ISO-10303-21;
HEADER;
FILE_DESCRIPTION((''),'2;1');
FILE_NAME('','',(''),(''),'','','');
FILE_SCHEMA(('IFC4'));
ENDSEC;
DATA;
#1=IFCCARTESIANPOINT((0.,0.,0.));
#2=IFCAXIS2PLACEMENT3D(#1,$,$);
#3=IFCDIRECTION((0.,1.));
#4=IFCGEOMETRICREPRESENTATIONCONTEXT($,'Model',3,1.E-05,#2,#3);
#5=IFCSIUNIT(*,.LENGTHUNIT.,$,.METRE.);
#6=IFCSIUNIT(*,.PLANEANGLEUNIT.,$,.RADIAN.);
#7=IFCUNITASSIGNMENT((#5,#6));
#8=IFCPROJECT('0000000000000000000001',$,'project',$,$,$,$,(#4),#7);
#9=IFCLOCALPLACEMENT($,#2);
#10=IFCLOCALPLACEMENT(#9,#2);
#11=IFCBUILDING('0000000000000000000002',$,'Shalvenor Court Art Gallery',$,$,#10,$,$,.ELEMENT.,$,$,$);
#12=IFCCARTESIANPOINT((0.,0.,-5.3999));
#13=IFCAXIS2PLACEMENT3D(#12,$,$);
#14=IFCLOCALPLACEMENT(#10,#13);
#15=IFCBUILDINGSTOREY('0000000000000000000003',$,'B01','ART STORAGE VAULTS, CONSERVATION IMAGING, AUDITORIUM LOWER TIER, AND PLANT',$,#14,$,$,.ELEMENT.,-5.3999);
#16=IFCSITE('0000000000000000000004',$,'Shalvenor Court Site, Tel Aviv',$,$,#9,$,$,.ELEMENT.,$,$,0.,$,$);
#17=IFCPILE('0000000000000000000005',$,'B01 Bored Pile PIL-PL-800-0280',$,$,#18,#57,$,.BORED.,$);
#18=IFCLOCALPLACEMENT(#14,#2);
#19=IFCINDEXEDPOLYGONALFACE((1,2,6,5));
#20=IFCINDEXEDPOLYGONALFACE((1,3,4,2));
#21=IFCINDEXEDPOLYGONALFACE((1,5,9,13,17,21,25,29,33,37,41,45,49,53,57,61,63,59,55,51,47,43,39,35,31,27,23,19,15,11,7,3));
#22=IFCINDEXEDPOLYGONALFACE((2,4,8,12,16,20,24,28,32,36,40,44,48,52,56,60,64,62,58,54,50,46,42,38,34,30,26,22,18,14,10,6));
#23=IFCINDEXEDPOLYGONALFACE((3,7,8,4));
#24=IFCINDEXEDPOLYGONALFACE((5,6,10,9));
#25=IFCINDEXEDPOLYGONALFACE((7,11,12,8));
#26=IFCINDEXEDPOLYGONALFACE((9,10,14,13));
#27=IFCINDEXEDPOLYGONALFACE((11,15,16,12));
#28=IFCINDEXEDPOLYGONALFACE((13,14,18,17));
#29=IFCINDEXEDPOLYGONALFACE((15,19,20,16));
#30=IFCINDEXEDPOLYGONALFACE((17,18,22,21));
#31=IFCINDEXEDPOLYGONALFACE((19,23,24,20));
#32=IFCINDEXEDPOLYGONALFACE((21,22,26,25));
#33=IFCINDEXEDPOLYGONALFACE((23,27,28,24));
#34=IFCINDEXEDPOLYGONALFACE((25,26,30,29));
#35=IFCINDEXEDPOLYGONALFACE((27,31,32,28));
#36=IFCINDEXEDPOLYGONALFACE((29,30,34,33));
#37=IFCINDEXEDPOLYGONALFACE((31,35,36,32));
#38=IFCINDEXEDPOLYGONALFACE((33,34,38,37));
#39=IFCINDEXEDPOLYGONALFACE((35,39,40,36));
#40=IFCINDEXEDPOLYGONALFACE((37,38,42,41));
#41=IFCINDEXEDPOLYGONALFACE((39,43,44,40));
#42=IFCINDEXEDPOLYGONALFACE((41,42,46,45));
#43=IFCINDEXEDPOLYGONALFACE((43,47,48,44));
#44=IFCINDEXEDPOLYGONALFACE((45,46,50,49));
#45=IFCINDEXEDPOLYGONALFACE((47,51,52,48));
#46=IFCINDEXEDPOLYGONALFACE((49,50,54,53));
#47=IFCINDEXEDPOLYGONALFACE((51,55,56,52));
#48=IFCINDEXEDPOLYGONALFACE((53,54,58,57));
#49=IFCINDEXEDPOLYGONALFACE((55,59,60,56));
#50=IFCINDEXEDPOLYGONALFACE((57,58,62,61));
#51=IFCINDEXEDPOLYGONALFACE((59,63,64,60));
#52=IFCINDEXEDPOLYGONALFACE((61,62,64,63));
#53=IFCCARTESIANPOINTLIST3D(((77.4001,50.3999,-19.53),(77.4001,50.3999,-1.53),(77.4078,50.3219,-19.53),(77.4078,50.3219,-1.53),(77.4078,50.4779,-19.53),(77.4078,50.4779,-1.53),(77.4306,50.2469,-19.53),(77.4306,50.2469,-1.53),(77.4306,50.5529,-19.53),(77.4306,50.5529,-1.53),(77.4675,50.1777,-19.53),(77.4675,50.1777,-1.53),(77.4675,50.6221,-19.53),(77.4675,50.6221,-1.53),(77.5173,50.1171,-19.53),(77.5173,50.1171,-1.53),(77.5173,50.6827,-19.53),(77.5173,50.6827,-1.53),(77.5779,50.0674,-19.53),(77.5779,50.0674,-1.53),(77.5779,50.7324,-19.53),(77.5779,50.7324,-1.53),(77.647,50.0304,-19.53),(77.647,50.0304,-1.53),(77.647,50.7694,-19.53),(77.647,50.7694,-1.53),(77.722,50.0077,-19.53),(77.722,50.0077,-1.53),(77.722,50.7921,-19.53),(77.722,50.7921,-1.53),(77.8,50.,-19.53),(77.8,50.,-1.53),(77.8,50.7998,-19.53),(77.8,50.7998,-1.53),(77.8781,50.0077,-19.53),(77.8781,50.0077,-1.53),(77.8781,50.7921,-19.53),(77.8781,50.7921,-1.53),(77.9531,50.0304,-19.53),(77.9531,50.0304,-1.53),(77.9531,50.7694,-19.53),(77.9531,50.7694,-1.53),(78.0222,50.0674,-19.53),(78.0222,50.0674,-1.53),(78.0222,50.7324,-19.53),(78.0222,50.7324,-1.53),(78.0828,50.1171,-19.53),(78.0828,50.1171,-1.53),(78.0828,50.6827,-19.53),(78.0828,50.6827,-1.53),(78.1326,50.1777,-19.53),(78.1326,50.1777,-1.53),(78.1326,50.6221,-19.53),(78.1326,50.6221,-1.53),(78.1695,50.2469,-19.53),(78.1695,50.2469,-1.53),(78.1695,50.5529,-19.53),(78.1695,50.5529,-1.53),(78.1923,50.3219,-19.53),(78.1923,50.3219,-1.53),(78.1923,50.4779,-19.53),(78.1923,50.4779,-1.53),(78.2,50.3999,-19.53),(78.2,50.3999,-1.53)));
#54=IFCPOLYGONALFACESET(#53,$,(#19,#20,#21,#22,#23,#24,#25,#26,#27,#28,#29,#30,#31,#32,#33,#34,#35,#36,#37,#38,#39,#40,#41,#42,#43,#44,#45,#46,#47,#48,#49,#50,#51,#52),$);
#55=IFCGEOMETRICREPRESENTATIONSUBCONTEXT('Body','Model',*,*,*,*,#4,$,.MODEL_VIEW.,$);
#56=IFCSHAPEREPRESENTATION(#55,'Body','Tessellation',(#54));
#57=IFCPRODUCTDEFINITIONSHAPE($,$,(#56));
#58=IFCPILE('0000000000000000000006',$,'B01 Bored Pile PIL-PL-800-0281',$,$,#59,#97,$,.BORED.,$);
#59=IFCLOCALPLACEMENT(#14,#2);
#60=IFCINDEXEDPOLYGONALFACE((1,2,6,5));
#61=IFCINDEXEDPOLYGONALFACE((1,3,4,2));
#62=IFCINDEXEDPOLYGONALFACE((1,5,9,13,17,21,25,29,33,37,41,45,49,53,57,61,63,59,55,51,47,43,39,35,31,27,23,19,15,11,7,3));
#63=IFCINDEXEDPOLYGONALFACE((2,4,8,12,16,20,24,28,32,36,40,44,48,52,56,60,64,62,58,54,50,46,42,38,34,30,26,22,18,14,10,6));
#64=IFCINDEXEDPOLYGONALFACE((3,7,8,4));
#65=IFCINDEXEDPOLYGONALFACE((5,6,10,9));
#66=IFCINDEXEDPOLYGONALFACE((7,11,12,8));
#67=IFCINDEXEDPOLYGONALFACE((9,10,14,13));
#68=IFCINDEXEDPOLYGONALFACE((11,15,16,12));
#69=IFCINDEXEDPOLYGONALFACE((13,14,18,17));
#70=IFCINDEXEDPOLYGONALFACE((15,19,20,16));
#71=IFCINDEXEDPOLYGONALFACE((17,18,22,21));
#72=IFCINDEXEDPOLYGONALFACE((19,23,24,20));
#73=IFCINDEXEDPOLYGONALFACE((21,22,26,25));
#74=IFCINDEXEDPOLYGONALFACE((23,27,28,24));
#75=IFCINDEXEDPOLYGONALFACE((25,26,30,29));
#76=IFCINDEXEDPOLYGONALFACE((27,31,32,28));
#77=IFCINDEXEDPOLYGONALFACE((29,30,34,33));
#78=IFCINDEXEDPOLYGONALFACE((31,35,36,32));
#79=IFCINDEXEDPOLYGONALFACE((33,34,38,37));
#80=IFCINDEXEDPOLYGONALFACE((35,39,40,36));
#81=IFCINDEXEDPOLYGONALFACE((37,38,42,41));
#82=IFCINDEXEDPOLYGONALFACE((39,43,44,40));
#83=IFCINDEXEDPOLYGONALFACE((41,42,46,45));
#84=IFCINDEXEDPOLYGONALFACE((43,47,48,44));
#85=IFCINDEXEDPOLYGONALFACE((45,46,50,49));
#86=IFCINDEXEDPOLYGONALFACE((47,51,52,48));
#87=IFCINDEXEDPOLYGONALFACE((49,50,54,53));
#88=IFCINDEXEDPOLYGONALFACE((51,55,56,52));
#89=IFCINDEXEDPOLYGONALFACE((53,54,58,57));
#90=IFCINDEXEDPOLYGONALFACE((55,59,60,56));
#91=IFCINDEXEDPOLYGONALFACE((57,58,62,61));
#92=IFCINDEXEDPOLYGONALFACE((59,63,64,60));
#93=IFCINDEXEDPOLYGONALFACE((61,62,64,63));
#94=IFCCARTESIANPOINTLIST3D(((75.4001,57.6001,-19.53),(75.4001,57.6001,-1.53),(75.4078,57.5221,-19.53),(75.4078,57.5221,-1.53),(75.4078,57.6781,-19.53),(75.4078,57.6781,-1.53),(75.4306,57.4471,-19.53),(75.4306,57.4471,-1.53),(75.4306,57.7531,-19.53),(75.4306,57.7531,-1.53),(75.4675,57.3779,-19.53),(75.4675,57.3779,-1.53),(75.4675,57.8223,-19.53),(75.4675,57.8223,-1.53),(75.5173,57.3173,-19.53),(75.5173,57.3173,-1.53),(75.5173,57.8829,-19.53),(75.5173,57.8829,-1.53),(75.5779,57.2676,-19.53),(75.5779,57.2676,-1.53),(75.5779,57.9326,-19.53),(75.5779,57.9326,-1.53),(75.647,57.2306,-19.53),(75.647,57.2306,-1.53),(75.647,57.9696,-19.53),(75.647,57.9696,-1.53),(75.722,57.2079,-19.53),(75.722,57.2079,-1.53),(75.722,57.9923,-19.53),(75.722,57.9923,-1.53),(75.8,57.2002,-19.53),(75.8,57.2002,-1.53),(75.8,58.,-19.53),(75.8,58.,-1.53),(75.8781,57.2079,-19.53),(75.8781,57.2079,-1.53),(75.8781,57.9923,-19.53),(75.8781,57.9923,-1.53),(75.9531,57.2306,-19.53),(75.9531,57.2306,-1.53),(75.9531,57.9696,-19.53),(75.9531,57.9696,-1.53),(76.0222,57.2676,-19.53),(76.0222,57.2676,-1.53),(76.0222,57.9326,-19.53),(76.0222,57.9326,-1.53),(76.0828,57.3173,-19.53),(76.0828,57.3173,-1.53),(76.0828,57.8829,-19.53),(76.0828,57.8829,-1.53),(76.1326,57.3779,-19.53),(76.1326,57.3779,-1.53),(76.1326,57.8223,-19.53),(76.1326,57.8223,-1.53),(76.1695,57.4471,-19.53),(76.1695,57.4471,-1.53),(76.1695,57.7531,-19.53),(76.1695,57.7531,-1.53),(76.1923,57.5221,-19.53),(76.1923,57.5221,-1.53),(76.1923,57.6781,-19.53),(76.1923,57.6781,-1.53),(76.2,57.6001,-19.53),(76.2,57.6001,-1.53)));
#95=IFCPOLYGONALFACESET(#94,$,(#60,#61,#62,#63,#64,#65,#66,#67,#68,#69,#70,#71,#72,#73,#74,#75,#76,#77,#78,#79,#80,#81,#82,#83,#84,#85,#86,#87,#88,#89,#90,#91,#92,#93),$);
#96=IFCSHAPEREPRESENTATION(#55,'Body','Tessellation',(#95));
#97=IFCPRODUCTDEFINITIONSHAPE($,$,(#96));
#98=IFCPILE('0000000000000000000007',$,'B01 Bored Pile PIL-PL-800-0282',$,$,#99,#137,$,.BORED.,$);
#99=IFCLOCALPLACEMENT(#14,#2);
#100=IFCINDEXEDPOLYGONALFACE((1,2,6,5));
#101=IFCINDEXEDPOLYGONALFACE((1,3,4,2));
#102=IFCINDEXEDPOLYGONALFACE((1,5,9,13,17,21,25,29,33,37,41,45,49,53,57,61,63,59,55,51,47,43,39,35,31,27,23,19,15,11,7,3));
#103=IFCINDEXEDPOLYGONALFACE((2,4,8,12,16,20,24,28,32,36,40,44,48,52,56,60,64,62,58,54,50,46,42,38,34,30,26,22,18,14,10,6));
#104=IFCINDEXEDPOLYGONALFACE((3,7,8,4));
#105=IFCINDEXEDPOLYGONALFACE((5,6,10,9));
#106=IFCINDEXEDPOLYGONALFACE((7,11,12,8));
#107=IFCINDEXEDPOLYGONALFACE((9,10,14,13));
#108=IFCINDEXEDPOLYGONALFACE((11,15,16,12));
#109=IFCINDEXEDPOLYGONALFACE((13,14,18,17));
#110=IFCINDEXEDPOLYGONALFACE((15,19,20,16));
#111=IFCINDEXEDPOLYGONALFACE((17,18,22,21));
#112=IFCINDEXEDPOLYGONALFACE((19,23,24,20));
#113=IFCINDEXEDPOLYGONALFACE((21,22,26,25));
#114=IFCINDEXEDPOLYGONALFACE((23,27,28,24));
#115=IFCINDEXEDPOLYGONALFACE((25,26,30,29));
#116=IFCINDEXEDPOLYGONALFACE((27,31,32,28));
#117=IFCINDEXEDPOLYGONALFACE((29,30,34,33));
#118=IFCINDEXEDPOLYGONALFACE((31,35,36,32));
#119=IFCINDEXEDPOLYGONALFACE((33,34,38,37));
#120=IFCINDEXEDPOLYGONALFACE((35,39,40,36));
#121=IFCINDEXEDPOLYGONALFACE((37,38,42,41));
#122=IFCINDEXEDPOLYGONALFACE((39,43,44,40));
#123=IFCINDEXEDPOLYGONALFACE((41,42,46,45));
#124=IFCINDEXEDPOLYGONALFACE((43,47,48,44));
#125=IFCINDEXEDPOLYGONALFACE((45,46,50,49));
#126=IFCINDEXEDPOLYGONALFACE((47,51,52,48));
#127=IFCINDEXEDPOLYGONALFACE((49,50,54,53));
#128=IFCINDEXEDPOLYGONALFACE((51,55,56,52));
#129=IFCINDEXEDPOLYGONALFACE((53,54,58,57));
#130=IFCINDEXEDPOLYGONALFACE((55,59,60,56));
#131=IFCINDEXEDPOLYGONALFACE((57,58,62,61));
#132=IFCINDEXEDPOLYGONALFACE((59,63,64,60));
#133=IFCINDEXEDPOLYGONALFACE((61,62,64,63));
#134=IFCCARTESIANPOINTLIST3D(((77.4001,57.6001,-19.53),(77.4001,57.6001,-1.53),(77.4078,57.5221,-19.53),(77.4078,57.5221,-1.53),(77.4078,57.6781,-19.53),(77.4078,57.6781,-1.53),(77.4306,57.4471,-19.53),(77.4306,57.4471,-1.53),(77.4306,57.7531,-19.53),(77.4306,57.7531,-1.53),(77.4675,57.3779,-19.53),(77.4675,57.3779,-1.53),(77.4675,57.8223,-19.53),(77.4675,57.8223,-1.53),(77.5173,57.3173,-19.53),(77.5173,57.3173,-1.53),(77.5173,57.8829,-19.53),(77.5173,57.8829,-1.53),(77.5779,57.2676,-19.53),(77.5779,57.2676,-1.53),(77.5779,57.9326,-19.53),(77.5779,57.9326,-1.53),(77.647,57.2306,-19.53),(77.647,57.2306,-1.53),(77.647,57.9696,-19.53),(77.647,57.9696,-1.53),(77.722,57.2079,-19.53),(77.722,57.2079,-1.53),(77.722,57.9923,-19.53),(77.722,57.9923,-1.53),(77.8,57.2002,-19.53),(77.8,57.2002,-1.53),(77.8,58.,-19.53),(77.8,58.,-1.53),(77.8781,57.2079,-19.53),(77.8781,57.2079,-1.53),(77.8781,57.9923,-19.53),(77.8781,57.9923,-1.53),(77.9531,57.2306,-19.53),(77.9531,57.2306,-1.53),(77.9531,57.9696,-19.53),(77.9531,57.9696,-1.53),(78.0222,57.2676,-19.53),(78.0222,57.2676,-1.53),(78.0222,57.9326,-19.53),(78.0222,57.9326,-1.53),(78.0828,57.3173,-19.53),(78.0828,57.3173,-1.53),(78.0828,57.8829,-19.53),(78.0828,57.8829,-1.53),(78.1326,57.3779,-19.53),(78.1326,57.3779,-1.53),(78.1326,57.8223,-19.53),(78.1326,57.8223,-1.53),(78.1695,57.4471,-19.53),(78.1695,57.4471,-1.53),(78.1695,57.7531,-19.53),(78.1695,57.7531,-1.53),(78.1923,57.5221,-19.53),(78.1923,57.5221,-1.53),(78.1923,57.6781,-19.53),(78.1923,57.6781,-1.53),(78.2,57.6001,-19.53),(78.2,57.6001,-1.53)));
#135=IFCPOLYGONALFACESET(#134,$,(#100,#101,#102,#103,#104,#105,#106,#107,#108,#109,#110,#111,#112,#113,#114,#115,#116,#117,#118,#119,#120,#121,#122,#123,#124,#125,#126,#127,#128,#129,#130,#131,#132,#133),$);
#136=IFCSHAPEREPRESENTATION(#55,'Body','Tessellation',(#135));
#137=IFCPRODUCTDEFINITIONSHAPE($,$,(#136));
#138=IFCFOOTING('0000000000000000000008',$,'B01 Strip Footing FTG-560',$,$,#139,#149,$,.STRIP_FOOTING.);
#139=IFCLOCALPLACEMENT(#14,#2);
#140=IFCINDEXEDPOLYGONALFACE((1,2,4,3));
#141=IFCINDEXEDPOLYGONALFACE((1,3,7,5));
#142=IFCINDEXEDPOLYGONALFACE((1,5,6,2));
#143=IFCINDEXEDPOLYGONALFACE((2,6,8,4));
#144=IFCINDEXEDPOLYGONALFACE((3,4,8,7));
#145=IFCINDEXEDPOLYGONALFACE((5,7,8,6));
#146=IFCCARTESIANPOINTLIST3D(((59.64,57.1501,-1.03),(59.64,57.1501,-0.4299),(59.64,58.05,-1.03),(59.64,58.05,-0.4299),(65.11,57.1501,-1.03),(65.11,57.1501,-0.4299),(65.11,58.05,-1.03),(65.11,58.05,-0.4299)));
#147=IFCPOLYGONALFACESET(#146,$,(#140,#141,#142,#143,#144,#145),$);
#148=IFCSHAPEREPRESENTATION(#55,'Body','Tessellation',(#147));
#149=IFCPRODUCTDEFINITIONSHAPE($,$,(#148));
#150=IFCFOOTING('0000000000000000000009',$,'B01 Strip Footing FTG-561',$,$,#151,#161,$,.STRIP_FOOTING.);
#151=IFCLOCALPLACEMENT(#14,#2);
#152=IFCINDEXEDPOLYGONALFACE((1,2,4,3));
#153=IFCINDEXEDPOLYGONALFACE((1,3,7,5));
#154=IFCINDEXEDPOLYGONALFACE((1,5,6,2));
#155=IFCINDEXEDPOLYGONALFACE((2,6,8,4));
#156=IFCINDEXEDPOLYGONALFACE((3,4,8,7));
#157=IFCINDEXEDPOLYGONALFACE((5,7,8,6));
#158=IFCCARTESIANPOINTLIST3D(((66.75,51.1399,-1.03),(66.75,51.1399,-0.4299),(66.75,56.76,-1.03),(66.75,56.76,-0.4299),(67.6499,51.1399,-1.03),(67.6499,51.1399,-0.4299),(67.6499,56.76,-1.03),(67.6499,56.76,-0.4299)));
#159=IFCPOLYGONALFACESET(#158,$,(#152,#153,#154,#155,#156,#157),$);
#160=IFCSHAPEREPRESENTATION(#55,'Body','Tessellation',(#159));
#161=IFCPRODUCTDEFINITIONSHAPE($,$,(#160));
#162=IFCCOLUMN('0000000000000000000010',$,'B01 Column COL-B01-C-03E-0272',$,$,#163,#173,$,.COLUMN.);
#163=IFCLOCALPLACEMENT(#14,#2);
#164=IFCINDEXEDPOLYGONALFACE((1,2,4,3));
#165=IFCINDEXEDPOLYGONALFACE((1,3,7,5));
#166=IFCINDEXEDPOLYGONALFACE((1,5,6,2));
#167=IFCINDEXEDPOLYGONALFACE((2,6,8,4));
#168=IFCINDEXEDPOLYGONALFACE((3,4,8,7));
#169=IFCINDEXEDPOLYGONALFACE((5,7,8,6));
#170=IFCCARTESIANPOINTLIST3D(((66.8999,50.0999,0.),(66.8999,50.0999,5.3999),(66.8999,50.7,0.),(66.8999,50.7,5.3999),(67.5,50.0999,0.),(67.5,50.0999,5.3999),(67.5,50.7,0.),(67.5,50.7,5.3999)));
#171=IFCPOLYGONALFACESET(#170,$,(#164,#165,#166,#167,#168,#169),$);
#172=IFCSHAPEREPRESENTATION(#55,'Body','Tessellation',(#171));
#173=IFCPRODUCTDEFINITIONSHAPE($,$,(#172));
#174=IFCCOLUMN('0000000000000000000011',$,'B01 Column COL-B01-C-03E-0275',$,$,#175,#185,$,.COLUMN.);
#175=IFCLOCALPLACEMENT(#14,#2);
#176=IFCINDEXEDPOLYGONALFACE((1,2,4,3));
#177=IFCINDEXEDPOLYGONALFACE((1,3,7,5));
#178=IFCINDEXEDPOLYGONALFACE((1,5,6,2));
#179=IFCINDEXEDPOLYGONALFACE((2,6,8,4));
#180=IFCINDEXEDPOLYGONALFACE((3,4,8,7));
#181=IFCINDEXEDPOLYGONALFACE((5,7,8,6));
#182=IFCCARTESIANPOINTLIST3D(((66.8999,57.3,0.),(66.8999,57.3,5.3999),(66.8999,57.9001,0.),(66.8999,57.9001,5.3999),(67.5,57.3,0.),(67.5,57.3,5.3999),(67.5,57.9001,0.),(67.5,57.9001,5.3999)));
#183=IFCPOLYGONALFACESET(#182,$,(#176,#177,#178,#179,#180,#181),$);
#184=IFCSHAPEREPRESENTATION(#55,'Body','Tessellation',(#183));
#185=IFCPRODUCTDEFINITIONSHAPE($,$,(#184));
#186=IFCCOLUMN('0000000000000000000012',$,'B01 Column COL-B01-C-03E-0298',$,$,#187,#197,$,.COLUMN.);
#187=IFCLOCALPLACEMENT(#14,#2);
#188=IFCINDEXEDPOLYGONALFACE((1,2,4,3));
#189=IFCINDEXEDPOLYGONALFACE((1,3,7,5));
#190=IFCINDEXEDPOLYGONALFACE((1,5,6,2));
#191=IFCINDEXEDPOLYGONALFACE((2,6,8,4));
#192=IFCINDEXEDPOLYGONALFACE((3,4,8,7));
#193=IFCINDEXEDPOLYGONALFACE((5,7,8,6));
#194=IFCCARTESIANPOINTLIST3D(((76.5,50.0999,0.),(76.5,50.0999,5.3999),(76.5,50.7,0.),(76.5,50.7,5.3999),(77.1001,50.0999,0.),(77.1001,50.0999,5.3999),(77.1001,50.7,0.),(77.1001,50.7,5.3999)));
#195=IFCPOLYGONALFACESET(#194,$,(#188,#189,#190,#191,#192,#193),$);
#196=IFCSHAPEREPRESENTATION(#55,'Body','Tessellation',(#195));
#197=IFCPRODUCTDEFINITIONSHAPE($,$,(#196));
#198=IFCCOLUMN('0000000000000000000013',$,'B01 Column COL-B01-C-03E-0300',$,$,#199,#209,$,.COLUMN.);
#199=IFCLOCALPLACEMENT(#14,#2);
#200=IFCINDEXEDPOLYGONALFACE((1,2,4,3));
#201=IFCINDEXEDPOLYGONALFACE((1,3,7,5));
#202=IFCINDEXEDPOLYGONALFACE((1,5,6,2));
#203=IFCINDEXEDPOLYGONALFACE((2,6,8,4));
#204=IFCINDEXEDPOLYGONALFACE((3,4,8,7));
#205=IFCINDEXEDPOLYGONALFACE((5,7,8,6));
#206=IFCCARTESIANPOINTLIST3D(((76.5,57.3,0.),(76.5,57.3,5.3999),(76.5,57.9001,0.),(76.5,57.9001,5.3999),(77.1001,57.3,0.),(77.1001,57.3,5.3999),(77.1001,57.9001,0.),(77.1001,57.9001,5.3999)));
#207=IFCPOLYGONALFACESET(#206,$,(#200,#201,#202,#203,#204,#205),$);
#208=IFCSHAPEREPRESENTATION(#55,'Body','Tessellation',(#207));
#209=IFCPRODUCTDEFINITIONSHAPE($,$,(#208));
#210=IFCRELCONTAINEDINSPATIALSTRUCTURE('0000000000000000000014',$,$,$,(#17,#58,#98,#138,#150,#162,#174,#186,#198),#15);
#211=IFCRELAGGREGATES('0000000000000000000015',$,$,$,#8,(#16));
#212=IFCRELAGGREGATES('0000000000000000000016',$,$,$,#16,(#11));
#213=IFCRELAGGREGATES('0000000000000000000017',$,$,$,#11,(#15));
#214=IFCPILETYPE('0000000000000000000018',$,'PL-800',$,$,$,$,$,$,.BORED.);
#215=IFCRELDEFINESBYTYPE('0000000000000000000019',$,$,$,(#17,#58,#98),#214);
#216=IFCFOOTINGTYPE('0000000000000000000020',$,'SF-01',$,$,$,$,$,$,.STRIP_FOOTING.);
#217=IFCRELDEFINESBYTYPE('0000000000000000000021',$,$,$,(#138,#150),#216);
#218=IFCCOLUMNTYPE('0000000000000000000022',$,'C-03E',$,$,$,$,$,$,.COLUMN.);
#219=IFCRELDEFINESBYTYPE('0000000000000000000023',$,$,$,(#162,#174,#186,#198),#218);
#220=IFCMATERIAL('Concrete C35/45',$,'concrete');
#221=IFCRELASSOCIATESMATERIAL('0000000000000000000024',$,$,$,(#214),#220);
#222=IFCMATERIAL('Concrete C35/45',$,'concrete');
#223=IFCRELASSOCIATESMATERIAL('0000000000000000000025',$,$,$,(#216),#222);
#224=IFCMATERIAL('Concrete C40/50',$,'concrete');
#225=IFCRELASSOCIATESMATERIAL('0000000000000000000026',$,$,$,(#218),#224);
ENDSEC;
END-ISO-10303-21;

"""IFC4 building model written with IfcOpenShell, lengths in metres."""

from ifc_helpers import new_model, si_unit, direction, frame, origin, origin_2d, place, context, subcontext, project, spatial, rectangle, circle, extrude, material, material_profile, profile_set, type_object, element, save


model = new_model("IFC4")

# Units and contexts
model_context = context("Model", 3, precision=1e-05, world=origin(), true_north=direction((0.0, 1.0)))
body_context = subcontext(model_context, "Body", "Model", "MODEL_VIEW")
ifc_project = project(units=[si_unit("LENGTHUNIT", "METRE"), si_unit("PLANEANGLEUNIT", "RADIAN")], contexts=[model_context])

# Site, building, storey
site_placement = place(None, origin())
site = spatial("IfcSite", under=ifc_project, at=site_placement, Name="Shalvenor Court Site, Tel Aviv", CompositionType="ELEMENT", RefElevation=0.0)
building_placement = place(site_placement, origin())
building = spatial("IfcBuilding", under=site, at=building_placement, Name="Shalvenor Court Art Gallery", CompositionType="ELEMENT")
storey_placement = place(building_placement, frame((0.0, 0.0, -5.3999)))
storey = spatial("IfcBuildingStorey", under=building, at=storey_placement, Name="B01", Description="ART STORAGE VAULTS, CONSERVATION IMAGING, AUDITORIUM LOWER TIER, AND PLANT", CompositionType="ELEMENT", Elevation=-5.3999)

# Piles
ifc_material_1 = material(Name="Concrete C35/45", Category="concrete")
ifc_material_profile_1 = material_profile(ifc_material_1, circle(Radius=0.3999, at=origin_2d()), Name="PILE 800")
ifc_profile_set_1 = profile_set([ifc_material_profile_1], Name="Concrete C35/45")
pile_type_1 = type_object("IfcPileType", Name="PL-800", PredefinedType="BORED", material=ifc_profile_set_1)
for number, where, z_axis, x_axis, name in (
    (1, (77.8, 50.3999, -1.53), (0.0, 0.0, -1.0), (1.0, 0.0, 0.0), "B01 Bored Pile PIL-PL-800-0280"),
    (2, (75.8, 57.6001, -1.53), (0.0, 0.0, -1.0), (1.0, 0.0, 0.0), "B01 Bored Pile PIL-PL-800-0281"),
    (3, (77.8, 57.6001, -1.53), (0.0, 0.0, -1.0), (1.0, 0.0, 0.0), "B01 Bored Pile PIL-PL-800-0282"),
):
    element("IfcPile", number, at=place(storey_placement, frame(where, z_axis=z_axis, x_axis=x_axis)), inside=storey, type_object=pile_type_1, Name=name, PredefinedType="BORED", context=body_context, shape_type="SweptSolid", body=[
        extrude(circle(Radius=0.3999, at=origin_2d()), origin(), (0.0, 0.0, 1.0), 18.0),
    ])

# Footings
ifc_material_2 = material(Name="Concrete C35/45", Category="concrete")
footing_type_1 = type_object("IfcFootingType", Name="SF-01", PredefinedType="STRIP_FOOTING", material=ifc_material_2)
footing_1_placement = place(storey_placement, frame((62.375, 57.6001, -1.03), z_axis=(0.0, 0.0, 1.0), x_axis=(1.0, 0.0, 0.0)))
element("IfcFooting", 4, at=footing_1_placement, inside=storey, type_object=footing_type_1, Name="B01 Strip Footing FTG-560", PredefinedType="STRIP_FOOTING", context=body_context, shape_type="SweptSolid", body=[
    extrude(rectangle(XDim=5.47, YDim=0.8999, at=origin_2d()), origin(), (0.0, 0.0, 1.0), 0.6001),
])
footing_2_placement = place(storey_placement, frame((67.2, 53.95, -1.03), z_axis=(0.0, 0.0, 1.0), x_axis=(0.0, 1.0, 0.0)))
element("IfcFooting", 5, at=footing_2_placement, inside=storey, type_object=footing_type_1, Name="B01 Strip Footing FTG-561", PredefinedType="STRIP_FOOTING", context=body_context, shape_type="SweptSolid", body=[
    extrude(rectangle(XDim=5.6201, YDim=0.8999, at=origin_2d()), origin(), (0.0, 0.0, 1.0), 0.6001),
])

# Columns
ifc_material_3 = material(Name="Concrete C40/50", Category="concrete")
ifc_material_profile_2 = material_profile(ifc_material_3, rectangle(XDim=0.6001, YDim=0.6001, at=origin_2d()), Name="RC 600x600")
ifc_profile_set_2 = profile_set([ifc_material_profile_2], Name="Concrete C40/50")
column_type = type_object("IfcColumnType", Name="C-03E", PredefinedType="COLUMN", material=ifc_profile_set_2)
for number, where, z_axis, x_axis, name in (
    (6, (67.2, 50.3999, 0.0), (0.0, 0.0, 1.0), (1.0, 0.0, 0.0), "B01 Column COL-B01-C-03E-0272"),
    (7, (67.2, 57.6001, 0.0), (0.0, 0.0, 1.0), (1.0, 0.0, 0.0), "B01 Column COL-B01-C-03E-0275"),
    (8, (76.8, 50.3999, 0.0), (0.0, 0.0, 1.0), (1.0, 0.0, 0.0), "B01 Column COL-B01-C-03E-0298"),
    (9, (76.8, 57.6001, 0.0), (0.0, 0.0, 1.0), (1.0, 0.0, 0.0), "B01 Column COL-B01-C-03E-0300"),
):
    element("IfcColumn", number, at=place(storey_placement, frame(where, z_axis=z_axis, x_axis=x_axis)), inside=storey, type_object=column_type, Name=name, PredefinedType="COLUMN", context=body_context, shape_type="SweptSolid", body=[
        extrude(rectangle(XDim=0.6001, YDim=0.6001, at=origin_2d()), origin(), (0.0, 0.0, 1.0), 5.3999),
    ])

save(model, "model.ifc")
